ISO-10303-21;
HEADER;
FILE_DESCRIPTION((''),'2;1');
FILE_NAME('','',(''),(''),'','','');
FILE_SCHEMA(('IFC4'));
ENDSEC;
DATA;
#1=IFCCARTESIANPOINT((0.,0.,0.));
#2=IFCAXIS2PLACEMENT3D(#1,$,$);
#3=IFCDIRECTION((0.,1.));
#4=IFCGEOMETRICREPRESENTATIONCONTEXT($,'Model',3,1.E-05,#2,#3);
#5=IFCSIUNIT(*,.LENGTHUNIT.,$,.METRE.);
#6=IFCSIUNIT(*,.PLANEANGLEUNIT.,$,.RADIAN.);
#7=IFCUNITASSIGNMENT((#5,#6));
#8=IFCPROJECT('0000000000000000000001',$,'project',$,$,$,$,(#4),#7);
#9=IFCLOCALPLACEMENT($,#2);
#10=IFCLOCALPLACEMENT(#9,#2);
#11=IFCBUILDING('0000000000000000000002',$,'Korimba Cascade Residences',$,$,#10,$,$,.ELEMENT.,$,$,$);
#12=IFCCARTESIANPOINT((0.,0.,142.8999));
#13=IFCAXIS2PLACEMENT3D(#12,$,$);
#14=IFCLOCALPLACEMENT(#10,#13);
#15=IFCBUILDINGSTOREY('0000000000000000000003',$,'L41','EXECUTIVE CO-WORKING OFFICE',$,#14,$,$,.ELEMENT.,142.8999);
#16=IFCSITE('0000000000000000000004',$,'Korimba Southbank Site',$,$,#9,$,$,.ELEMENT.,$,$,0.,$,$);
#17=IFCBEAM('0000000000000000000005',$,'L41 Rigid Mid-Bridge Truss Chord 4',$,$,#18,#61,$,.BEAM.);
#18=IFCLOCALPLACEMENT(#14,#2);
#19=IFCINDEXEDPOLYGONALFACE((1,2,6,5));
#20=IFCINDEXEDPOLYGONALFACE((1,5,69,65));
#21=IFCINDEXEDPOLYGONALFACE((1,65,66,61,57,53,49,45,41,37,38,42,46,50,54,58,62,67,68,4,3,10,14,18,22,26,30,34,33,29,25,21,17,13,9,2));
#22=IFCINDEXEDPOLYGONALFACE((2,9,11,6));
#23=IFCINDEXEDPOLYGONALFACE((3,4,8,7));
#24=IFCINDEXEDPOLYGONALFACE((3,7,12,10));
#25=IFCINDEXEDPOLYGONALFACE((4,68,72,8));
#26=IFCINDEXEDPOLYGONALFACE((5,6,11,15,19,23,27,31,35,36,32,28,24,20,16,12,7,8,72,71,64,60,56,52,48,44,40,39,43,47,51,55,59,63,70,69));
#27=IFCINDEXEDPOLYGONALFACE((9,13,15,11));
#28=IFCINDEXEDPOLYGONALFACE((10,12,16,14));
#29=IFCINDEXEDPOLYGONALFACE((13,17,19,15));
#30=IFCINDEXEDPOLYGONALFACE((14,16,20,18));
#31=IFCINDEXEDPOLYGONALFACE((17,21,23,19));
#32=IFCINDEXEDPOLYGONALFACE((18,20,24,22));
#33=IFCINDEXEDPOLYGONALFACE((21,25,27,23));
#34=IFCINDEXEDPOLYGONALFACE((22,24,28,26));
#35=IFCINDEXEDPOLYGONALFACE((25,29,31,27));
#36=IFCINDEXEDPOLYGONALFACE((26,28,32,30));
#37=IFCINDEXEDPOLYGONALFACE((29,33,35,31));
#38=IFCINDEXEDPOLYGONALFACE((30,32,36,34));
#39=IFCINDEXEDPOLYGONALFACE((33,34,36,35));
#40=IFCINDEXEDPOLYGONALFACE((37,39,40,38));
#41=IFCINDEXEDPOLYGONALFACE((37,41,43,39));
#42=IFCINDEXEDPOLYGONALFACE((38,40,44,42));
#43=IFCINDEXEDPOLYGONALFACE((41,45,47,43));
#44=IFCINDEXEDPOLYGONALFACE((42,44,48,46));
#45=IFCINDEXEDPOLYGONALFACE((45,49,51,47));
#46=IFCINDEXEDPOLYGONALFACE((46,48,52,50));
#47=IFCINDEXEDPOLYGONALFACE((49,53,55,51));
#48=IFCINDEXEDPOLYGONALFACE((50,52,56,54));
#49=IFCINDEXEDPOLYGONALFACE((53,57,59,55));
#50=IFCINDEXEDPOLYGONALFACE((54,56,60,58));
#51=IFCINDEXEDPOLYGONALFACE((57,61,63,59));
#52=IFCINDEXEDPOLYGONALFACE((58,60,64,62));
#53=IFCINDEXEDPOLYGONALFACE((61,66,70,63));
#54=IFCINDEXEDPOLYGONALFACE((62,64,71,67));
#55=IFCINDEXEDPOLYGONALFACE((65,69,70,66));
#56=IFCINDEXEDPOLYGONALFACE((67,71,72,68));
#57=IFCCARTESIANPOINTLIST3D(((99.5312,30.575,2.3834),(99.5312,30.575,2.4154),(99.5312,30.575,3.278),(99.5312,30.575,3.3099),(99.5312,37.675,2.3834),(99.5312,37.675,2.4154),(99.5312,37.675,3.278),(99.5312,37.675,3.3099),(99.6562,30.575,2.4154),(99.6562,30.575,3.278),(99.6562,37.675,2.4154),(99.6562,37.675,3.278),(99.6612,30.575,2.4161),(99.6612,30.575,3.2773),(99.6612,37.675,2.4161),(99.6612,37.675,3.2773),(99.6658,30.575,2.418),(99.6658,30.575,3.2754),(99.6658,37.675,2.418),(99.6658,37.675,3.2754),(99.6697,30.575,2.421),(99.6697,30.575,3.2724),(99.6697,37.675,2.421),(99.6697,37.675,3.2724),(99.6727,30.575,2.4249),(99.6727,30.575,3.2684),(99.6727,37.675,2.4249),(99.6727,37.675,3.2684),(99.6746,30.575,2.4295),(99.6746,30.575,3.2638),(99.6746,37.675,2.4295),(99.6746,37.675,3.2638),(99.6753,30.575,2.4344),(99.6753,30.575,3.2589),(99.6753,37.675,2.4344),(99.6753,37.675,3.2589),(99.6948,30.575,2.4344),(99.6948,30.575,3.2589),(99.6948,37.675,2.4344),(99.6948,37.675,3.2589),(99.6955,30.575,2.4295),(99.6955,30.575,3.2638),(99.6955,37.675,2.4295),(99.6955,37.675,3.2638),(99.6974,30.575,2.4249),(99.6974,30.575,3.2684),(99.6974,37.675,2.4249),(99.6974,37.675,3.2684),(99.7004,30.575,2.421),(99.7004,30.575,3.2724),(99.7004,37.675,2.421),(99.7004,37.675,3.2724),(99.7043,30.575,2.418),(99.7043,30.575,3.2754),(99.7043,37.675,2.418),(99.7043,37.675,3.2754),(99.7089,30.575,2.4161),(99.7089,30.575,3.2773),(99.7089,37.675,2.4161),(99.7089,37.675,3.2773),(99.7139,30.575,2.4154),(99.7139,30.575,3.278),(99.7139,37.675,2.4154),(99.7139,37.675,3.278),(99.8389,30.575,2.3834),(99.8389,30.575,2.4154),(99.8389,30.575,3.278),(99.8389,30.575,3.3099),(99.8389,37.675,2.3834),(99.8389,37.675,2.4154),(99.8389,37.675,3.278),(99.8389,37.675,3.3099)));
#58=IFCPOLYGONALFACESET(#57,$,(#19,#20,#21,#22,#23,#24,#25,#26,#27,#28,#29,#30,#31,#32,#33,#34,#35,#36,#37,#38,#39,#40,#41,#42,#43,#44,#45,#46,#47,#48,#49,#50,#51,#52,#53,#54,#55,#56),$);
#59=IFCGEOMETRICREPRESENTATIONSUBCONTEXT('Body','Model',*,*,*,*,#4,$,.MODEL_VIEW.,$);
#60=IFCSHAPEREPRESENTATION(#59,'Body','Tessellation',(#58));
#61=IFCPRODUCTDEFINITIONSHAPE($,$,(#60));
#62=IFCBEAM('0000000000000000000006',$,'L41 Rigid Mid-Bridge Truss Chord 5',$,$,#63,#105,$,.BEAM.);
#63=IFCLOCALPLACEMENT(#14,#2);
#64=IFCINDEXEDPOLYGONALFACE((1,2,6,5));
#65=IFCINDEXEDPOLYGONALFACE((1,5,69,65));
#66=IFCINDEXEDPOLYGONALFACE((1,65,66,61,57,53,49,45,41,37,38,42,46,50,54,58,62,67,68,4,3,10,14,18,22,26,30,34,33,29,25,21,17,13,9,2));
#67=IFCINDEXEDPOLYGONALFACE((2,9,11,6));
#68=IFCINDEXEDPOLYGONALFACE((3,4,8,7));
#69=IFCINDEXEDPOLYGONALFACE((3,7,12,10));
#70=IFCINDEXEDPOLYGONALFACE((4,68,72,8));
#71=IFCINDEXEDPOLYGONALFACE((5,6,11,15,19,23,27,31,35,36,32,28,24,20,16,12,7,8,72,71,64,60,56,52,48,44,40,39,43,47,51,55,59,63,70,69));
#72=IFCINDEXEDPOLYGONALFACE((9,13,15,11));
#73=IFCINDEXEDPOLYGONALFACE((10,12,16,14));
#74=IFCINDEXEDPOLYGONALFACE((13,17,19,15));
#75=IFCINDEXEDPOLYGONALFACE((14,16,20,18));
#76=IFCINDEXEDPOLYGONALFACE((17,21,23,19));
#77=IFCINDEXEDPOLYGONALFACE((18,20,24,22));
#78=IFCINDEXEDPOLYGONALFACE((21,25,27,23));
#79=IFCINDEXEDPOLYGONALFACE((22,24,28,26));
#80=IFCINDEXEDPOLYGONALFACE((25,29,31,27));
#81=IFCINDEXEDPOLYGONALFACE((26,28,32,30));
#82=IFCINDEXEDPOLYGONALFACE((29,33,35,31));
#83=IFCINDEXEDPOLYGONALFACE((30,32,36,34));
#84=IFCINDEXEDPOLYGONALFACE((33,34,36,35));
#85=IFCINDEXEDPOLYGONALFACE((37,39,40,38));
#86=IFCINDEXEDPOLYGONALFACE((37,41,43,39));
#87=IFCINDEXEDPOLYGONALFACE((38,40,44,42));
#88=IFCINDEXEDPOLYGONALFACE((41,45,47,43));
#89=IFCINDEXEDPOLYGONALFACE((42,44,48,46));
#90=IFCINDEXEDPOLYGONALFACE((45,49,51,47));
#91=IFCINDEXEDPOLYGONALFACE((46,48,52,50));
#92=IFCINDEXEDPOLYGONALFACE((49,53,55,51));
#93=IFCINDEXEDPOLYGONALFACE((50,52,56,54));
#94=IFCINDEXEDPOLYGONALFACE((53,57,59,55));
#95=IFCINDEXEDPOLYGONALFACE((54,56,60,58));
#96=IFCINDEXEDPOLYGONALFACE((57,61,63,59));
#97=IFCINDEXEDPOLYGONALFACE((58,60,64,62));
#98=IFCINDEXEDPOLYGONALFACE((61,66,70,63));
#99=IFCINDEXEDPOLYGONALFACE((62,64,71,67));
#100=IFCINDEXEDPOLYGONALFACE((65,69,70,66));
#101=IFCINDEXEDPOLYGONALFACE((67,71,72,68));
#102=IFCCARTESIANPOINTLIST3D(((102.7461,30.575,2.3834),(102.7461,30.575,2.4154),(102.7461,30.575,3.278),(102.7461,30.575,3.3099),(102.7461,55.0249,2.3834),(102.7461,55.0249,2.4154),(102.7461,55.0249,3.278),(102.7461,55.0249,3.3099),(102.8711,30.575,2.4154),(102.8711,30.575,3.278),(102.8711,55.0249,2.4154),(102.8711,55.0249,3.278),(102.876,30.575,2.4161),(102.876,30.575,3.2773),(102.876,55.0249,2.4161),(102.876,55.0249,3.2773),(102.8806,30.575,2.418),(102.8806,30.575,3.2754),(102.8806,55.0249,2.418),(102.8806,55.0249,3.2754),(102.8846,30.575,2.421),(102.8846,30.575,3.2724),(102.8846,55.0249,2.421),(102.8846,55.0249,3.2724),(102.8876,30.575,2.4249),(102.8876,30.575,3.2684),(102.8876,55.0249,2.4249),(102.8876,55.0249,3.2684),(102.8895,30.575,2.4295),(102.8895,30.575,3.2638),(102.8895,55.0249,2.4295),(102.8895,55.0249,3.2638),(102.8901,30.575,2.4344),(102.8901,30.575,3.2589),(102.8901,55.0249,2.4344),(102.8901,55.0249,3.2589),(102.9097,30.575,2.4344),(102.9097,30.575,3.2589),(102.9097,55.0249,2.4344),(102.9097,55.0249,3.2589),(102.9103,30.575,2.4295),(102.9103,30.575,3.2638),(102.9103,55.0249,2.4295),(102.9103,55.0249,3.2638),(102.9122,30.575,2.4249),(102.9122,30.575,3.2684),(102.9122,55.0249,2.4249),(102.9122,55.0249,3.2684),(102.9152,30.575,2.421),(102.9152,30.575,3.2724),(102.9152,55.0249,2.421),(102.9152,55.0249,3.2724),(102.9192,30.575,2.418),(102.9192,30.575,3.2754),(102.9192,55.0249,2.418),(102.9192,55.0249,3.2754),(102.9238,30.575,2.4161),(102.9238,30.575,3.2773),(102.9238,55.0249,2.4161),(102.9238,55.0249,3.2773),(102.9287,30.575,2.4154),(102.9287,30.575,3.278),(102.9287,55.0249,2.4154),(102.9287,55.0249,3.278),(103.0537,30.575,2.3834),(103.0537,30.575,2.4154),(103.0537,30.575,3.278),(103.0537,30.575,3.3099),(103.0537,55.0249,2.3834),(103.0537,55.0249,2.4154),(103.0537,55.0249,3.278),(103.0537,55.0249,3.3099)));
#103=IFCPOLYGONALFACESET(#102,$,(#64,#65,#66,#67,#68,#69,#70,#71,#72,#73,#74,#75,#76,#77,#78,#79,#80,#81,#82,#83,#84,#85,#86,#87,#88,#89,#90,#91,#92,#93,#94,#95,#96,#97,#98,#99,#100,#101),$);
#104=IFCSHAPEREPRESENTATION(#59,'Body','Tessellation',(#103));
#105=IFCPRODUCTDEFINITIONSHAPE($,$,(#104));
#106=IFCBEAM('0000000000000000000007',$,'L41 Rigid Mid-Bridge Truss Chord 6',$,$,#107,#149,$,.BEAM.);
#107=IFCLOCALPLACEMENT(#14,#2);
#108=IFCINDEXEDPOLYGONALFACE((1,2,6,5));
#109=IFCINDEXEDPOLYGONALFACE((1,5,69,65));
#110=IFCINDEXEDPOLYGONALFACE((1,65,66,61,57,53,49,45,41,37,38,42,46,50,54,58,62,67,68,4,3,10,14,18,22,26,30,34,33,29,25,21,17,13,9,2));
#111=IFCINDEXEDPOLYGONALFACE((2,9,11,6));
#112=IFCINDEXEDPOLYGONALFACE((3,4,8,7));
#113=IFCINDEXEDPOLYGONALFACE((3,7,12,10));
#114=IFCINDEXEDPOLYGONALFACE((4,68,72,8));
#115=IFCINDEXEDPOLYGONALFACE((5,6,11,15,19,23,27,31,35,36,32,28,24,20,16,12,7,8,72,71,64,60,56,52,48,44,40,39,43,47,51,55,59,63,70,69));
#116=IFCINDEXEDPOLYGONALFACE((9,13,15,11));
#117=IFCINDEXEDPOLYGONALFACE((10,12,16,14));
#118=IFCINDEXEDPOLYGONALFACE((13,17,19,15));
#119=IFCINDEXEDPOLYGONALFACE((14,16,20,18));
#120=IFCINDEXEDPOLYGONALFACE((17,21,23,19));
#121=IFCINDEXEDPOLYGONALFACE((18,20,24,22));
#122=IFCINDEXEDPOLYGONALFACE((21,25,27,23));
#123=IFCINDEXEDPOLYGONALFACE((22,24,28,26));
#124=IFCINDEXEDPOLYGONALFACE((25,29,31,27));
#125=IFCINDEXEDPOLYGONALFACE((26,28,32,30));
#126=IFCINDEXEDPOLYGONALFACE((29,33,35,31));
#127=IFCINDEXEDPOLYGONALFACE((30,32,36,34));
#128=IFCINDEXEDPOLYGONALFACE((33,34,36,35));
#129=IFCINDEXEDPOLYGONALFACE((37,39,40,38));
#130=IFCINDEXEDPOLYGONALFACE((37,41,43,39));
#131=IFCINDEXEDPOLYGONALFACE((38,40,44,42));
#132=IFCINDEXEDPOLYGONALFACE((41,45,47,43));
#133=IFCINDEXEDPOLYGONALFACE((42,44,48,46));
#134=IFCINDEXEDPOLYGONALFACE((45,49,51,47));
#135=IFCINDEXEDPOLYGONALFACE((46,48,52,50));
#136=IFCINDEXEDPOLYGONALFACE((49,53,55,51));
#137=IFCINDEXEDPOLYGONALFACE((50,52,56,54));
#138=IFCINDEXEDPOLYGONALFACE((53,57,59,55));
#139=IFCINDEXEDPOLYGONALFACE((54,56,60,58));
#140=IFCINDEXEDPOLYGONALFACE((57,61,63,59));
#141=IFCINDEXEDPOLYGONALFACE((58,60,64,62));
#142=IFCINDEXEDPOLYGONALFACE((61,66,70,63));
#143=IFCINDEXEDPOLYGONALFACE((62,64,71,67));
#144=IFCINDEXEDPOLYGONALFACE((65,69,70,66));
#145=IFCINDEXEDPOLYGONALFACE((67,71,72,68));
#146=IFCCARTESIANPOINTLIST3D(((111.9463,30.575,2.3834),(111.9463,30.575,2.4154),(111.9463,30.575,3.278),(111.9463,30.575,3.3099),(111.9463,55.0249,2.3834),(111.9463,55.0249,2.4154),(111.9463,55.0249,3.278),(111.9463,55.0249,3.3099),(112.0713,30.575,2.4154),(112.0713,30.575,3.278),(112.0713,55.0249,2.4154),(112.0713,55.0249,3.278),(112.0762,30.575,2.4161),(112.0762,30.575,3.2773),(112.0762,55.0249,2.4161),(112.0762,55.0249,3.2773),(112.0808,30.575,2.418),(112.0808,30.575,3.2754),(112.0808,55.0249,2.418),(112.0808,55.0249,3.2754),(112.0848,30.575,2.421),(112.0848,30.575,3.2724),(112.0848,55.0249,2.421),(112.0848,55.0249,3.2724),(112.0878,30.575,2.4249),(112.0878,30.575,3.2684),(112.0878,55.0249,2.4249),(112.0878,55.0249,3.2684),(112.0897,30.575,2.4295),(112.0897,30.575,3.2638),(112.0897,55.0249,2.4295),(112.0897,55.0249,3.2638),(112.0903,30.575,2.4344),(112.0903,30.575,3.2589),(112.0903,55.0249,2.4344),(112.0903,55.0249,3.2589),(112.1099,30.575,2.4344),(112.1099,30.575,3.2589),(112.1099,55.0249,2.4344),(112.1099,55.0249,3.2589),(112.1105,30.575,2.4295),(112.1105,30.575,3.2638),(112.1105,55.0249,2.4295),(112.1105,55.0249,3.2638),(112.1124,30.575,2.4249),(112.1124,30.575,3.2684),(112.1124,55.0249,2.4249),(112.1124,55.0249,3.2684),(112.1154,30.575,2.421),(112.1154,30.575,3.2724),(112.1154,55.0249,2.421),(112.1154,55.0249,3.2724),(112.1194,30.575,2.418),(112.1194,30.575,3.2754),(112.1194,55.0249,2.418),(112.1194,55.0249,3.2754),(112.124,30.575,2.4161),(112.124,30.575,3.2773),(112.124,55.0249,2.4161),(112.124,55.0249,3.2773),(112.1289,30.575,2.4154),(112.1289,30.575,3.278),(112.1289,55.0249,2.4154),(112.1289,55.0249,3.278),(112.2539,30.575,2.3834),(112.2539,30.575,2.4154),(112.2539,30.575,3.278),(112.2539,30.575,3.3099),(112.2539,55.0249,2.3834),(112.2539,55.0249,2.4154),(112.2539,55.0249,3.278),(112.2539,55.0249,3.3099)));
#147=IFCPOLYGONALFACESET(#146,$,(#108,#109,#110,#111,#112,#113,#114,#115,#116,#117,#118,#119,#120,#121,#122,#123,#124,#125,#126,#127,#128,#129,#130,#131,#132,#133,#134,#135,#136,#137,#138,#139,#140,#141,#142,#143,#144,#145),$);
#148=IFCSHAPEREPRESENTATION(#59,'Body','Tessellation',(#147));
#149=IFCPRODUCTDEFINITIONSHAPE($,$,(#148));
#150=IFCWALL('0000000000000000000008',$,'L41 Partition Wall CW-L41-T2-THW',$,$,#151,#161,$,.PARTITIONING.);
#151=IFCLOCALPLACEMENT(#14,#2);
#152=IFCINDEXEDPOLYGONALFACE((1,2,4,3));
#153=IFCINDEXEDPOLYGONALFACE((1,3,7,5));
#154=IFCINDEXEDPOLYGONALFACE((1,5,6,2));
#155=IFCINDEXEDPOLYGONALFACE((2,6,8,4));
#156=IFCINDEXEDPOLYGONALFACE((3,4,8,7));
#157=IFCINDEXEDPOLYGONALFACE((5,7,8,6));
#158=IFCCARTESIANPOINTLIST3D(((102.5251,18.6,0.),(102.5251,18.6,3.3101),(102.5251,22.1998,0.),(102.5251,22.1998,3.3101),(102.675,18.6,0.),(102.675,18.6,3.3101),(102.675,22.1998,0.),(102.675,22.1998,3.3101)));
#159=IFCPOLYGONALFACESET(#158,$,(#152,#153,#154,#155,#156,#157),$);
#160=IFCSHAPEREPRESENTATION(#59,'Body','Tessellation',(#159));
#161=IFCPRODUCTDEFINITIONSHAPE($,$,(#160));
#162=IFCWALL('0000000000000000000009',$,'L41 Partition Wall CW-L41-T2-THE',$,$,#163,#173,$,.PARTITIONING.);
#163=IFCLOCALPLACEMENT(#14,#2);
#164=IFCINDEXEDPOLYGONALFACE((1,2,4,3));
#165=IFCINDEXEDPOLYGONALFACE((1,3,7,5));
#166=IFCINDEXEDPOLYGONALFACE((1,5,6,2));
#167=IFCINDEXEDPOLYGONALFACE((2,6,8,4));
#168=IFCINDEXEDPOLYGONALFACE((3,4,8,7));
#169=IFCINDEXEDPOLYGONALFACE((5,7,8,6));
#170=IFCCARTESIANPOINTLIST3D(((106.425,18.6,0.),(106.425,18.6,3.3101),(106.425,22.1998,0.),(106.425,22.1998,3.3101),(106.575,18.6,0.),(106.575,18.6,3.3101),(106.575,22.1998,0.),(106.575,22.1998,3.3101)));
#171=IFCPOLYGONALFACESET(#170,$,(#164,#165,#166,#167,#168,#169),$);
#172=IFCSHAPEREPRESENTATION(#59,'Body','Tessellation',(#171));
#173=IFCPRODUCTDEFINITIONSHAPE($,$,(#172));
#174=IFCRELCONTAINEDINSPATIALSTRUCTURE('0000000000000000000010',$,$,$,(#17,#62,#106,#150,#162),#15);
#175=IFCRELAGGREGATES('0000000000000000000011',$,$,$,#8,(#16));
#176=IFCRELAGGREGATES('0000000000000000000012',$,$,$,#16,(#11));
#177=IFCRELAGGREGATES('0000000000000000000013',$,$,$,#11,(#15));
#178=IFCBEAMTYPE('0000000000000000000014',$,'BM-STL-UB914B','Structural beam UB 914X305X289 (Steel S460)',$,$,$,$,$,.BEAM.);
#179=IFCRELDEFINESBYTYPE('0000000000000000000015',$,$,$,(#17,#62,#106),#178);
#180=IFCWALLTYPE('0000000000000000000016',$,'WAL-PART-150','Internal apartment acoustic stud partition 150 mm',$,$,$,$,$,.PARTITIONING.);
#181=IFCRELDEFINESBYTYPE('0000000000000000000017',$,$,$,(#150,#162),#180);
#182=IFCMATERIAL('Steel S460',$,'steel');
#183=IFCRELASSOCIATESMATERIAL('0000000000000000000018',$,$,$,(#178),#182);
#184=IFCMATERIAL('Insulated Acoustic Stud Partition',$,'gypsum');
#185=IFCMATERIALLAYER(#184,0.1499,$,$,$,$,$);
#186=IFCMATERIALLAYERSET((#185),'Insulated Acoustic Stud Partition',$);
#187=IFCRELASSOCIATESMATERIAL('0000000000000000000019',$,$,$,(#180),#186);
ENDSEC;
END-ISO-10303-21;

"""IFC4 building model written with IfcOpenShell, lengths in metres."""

from ifc_helpers import new_model, si_unit, direction, frame, frame_2d, origin, origin_2d, place, context, subcontext, project, spatial, rectangle, i_section, extrude, material, layer, layer_set, material_profile, profile_set, type_object, element, save


model = new_model("IFC4")

# Units and contexts
model_context = context("Model", 3, precision=1e-05, world=origin(), true_north=direction((0.0, 1.0)))
body_context = subcontext(model_context, "Body", "Model", "MODEL_VIEW")
ifc_project = project(units=[si_unit("LENGTHUNIT", "METRE"), si_unit("PLANEANGLEUNIT", "RADIAN")], contexts=[model_context])

# Site, building, storey
site_placement = place(None, origin())
site = spatial("IfcSite", under=ifc_project, at=site_placement, Name="Korimba Southbank Site", CompositionType="ELEMENT", RefElevation=0.0)
building_placement = place(site_placement, origin())
building = spatial("IfcBuilding", under=site, at=building_placement, Name="Korimba Cascade Residences", CompositionType="ELEMENT")
storey_placement = place(building_placement, frame((0.0, 0.0, 142.8999)))
storey = spatial("IfcBuildingStorey", under=building, at=storey_placement, Name="L41", Description="EXECUTIVE CO-WORKING OFFICE", CompositionType="ELEMENT", Elevation=142.8999)

# Shared definitions
ifc_material_1 = material(Name="Steel S460", Category="steel")

# Beams
ifc_material_profile_1 = material_profile(ifc_material_1, i_section(OverallWidth=0.3076, OverallDepth=0.9265, WebThickness=0.0195, FlangeThickness=0.032, FilletRadius=0.019, at=origin_2d()), Name="Steel S460")
ifc_profile_set_1 = profile_set([ifc_material_profile_1], Name="Steel S460")
beam_type_1 = type_object("IfcBeamType", Name="BM-STL-UB914B", Description="Structural beam UB 914X305X289 (Steel S460)", PredefinedType="BEAM", material=ifc_profile_set_1)
beam_1_placement = place(storey_placement, frame((99.6851, 30.575, 2.8467), z_axis=(0.0, 1.0, 0.0), x_axis=(-1.0, 0.0, 0.0)))
element("IfcBeam", 1, at=beam_1_placement, inside=storey, type_object=beam_type_1, Name="L41 Rigid Mid-Bridge Truss Chord 4", PredefinedType="BEAM", context=body_context, shape_type="SweptSolid", body=[
    extrude(i_section(OverallWidth=0.3076, OverallDepth=0.9265, WebThickness=0.0195, FlangeThickness=0.032, FilletRadius=0.019, at=origin_2d()), origin(), (0.0, 0.0, 1.0), 7.1001),
])
for number, where, z_axis, x_axis, name in (
    (2, (102.8999, 30.575, 2.8467), (0.0, 1.0, 0.0), (-1.0, 0.0, 0.0), "L41 Rigid Mid-Bridge Truss Chord 5"),
    (3, (112.1001, 30.575, 2.8467), (0.0, 1.0, 0.0), (-1.0, 0.0, 0.0), "L41 Rigid Mid-Bridge Truss Chord 6"),
):
    element("IfcBeam", number, at=place(storey_placement, frame(where, z_axis=z_axis, x_axis=x_axis)), inside=storey, type_object=beam_type_1, Name=name, PredefinedType="BEAM", context=body_context, shape_type="SweptSolid", body=[
        extrude(i_section(OverallWidth=0.3076, OverallDepth=0.9265, WebThickness=0.0195, FlangeThickness=0.032, FilletRadius=0.019, at=origin_2d()), origin(), (0.0, 0.0, 1.0), 24.45),
    ])

# Walls
ifc_material_2 = material(Name="Insulated Acoustic Stud Partition", Category="gypsum")
ifc_layer_1 = layer(ifc_material_2, 0.1499)
ifc_layer_set_1 = layer_set([ifc_layer_1], Name="Insulated Acoustic Stud Partition")
wall_type_1 = type_object("IfcWallType", Name="WAL-PART-150", Description="Internal apartment acoustic stud partition 150 mm", PredefinedType="PARTITIONING", material=ifc_layer_set_1)
for number, where, z_axis, x_axis, name in (
    (4, (102.6001, 18.6001, 0.0), (0.0, 0.0, 1.0), (0.0, 1.0, 0.0), "L41 Partition Wall CW-L41-T2-THW"),
    (5, (106.5, 18.6001, 0.0), (0.0, 0.0, 1.0), (0.0, 1.0, 0.0), "L41 Partition Wall CW-L41-T2-THE"),
):
    element("IfcWall", number, at=place(storey_placement, frame(where, z_axis=z_axis, x_axis=x_axis)), inside=storey, type_object=wall_type_1, Name=name, PredefinedType="PARTITIONING", context=body_context, shape_type="SweptSolid", body=[
        extrude(rectangle(XDim=3.5999, YDim=0.1499, at=frame_2d((1.7998, 0.0))), origin(), (0.0, 0.0, 1.0), 3.3101),
    ])

save(model, "model.ifc")
